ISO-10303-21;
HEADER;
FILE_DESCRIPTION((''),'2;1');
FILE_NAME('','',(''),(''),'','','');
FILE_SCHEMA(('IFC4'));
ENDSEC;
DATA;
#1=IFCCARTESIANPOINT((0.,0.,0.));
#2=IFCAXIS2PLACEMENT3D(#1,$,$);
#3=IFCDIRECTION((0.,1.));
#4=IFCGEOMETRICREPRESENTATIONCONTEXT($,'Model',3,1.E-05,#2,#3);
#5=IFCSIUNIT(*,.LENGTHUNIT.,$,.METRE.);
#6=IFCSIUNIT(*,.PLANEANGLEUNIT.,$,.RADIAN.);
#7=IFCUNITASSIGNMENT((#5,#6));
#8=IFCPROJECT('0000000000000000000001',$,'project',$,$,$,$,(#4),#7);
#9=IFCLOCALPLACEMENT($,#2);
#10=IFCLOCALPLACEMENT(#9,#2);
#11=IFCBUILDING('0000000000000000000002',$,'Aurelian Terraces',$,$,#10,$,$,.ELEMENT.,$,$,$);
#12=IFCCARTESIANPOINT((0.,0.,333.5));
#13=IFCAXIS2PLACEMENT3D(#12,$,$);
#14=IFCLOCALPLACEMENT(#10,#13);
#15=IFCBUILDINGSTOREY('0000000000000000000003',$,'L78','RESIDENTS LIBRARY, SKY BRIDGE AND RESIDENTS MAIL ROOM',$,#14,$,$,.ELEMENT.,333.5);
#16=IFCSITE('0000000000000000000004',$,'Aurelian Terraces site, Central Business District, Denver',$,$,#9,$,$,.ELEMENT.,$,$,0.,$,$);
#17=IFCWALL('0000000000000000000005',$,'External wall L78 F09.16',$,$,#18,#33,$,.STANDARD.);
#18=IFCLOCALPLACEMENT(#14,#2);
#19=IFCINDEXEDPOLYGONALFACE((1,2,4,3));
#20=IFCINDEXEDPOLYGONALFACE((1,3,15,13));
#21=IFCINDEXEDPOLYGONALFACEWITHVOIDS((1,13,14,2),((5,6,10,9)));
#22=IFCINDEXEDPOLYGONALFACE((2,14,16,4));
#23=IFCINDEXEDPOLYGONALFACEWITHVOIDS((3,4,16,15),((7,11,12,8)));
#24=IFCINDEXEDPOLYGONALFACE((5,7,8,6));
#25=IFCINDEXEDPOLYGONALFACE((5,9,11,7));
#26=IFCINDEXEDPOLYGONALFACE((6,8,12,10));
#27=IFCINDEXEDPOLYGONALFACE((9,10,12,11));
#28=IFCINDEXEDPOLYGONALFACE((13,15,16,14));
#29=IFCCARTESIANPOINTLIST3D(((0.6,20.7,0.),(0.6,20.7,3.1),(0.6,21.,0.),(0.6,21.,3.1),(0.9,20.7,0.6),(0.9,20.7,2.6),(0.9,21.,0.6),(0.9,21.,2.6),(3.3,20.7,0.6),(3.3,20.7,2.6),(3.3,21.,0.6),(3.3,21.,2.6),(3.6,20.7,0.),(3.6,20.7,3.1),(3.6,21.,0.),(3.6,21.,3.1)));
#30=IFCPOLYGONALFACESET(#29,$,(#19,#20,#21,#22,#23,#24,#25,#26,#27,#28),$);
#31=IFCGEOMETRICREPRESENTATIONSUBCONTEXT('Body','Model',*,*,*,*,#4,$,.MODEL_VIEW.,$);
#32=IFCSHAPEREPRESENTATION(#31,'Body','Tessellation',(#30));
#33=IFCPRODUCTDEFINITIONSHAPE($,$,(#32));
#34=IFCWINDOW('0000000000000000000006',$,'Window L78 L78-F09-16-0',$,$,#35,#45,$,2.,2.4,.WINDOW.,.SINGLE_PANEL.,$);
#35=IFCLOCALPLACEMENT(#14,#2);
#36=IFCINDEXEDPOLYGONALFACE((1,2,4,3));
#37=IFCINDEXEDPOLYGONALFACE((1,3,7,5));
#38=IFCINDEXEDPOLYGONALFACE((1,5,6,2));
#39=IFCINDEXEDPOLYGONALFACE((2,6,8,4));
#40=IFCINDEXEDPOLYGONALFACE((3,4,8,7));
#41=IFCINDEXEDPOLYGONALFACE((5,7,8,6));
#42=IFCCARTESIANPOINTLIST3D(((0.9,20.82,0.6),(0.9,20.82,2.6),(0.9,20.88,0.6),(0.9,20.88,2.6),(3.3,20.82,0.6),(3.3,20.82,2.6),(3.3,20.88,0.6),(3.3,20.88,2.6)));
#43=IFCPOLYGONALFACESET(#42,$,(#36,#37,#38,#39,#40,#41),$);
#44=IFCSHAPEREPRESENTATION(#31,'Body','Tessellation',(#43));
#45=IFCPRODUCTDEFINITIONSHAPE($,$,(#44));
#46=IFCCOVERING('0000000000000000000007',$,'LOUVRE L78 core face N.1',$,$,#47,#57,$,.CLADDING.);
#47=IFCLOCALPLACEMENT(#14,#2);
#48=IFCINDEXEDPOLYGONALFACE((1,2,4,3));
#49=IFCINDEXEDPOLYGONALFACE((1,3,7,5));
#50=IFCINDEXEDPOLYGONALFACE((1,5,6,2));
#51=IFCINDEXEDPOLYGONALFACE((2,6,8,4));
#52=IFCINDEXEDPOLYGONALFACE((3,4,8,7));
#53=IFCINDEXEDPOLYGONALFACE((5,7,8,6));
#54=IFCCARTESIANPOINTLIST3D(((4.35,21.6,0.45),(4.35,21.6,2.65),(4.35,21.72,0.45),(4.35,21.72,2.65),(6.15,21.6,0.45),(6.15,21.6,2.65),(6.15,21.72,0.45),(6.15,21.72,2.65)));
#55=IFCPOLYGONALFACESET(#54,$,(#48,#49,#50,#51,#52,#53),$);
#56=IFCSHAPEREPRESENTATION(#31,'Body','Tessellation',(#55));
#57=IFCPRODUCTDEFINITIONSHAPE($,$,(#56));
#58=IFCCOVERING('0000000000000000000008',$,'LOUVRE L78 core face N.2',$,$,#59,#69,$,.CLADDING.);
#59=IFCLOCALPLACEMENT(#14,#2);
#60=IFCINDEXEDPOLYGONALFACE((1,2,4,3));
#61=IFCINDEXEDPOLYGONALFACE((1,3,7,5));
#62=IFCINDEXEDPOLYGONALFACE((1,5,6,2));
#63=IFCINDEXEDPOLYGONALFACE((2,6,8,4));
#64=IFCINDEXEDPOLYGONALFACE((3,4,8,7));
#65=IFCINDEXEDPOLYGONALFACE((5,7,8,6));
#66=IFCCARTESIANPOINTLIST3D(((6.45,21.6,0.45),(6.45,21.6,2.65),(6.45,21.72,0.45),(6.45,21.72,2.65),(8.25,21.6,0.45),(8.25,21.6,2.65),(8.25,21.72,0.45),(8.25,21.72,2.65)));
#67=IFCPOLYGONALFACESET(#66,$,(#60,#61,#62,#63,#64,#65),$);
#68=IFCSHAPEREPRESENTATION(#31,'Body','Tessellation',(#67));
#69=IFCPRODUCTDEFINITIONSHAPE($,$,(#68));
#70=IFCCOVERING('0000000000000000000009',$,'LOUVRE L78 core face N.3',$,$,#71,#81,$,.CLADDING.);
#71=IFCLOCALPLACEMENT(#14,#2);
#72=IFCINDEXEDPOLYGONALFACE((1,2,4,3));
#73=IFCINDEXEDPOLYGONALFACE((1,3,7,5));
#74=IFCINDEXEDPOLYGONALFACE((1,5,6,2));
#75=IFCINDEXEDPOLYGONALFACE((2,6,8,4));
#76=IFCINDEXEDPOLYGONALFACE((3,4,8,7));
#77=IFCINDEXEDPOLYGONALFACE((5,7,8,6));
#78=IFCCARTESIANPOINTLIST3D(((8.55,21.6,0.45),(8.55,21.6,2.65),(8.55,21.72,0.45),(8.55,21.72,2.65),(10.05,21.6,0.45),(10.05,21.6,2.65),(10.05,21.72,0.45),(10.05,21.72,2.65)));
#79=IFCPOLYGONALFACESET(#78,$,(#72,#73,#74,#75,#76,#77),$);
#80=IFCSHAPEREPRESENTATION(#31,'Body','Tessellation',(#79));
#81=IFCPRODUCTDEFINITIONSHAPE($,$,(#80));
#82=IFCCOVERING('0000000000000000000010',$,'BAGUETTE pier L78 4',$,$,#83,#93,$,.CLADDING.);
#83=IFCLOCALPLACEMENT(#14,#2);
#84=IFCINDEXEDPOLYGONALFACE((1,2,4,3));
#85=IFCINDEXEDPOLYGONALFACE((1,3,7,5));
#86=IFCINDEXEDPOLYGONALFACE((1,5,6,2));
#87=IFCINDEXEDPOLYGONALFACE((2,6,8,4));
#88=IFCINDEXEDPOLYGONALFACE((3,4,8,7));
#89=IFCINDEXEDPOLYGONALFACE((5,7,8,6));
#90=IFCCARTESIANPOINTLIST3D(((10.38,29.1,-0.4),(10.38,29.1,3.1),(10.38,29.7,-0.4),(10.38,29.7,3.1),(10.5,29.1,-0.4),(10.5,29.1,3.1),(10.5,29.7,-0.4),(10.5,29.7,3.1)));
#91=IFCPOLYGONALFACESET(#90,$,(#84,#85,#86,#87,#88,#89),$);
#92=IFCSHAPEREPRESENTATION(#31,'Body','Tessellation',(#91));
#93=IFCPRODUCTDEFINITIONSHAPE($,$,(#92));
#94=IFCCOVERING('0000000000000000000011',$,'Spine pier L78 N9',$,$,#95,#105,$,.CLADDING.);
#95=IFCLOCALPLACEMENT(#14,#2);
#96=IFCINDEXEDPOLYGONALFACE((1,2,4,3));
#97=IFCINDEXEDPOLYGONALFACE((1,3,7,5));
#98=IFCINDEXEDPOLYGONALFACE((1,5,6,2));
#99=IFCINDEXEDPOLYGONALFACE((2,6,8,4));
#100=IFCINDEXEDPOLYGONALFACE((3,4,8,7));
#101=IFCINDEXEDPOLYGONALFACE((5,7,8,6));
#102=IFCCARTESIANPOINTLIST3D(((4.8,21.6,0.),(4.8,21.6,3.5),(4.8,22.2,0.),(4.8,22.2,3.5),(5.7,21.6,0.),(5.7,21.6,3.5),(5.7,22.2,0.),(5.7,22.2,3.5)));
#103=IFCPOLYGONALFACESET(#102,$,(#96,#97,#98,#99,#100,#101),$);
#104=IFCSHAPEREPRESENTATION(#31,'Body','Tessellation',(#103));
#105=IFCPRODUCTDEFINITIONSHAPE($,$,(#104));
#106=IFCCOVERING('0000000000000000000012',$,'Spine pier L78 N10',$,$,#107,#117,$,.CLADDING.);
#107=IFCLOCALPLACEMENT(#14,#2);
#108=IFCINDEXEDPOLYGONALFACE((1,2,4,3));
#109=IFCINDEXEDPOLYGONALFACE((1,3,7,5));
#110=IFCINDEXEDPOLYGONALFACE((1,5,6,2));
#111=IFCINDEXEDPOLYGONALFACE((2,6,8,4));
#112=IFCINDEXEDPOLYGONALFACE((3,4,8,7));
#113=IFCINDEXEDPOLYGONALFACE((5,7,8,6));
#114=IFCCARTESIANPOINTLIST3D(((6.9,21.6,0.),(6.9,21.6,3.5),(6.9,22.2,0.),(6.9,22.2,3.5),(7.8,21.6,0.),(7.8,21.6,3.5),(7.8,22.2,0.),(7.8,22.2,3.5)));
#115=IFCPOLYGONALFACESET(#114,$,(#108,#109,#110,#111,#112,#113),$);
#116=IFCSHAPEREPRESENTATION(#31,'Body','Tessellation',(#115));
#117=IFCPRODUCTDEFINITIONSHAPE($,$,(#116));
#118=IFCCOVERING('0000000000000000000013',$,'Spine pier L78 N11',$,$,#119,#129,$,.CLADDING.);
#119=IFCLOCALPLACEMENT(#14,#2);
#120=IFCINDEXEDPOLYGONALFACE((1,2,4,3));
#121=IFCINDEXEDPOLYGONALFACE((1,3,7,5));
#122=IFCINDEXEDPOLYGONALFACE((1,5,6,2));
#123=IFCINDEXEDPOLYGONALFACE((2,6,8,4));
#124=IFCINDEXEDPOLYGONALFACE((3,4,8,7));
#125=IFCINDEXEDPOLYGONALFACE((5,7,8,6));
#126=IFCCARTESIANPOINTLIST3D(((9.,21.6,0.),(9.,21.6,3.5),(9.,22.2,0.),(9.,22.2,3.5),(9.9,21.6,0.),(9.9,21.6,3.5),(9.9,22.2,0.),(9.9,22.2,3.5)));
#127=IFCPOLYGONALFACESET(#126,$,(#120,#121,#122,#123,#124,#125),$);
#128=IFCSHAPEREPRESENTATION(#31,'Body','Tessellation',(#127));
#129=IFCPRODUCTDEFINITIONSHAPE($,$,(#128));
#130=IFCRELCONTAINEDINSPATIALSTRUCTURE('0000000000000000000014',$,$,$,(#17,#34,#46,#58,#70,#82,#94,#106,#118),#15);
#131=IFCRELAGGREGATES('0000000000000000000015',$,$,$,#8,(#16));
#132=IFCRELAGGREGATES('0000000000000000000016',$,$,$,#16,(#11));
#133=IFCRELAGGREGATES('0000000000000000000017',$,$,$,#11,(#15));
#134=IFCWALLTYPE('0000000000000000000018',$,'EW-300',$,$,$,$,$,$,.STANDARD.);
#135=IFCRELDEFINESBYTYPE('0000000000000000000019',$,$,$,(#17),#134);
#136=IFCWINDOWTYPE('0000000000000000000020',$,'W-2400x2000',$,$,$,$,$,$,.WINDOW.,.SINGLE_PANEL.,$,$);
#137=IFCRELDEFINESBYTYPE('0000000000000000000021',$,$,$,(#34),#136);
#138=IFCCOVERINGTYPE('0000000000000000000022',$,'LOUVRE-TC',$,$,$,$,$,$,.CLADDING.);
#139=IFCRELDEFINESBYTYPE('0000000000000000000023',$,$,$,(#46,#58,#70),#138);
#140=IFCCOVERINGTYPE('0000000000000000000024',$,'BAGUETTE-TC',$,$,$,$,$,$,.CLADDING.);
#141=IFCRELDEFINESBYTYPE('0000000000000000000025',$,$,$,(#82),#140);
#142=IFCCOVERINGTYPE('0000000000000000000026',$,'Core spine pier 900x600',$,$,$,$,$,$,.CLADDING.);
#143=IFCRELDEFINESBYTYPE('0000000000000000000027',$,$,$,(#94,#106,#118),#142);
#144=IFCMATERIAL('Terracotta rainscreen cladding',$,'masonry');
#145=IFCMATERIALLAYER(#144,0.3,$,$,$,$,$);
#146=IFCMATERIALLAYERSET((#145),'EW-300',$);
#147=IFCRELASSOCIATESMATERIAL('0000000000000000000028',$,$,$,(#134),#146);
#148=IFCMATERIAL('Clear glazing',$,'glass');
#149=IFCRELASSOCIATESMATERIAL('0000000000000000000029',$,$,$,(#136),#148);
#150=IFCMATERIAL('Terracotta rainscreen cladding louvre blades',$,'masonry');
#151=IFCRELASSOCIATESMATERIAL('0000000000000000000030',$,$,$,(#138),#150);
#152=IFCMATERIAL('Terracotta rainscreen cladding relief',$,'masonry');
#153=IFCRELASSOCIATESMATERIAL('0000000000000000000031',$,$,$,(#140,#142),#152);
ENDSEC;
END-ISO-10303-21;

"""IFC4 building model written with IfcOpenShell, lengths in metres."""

from ifc_helpers import new_model, si_unit, direction, frame, frame_2d, origin, origin_2d, place, context, subcontext, project, spatial, rectangle, extrude, source, transform, mapped, material, layer, layer_set, type_object, element, fill, save


model = new_model("IFC4")

# Units and contexts
model_context = context("Model", 3, precision=1e-05, world=origin(), true_north=direction((0.0, 1.0)))
body_context = subcontext(model_context, "Body", "Model", "MODEL_VIEW")
ifc_project = project(units=[si_unit("LENGTHUNIT", "METRE"), si_unit("PLANEANGLEUNIT", "RADIAN")], contexts=[model_context])

# Site, building, storey
site_placement = place(None, origin())
site = spatial("IfcSite", under=ifc_project, at=site_placement, Name="Aurelian Terraces site, Central Business District, Denver", CompositionType="ELEMENT", RefElevation=0.0)
building_placement = place(site_placement, origin())
building = spatial("IfcBuilding", under=site, at=building_placement, Name="Aurelian Terraces", CompositionType="ELEMENT")
storey_placement = place(building_placement, frame((0.0, 0.0, 333.5)))
storey = spatial("IfcBuildingStorey", under=building, at=storey_placement, Name="L78", Description="RESIDENTS LIBRARY, SKY BRIDGE AND RESIDENTS MAIL ROOM", CompositionType="ELEMENT", Elevation=333.5)

# Shared definitions
ifc_material_1 = material(Name="Terracotta rainscreen cladding", Category="masonry")
ifc_layer_1 = layer(ifc_material_1, 0.3)
ifc_layer_set_1 = layer_set([ifc_layer_1], Name="EW-300")
wall_type_1 = type_object("IfcWallType", Name="EW-300", PredefinedType="STANDARD", material=ifc_layer_set_1)
shared_shape_1 = source(origin(), body_context, "Body", "SweptSolid", [
    extrude(rectangle(XDim=2.4, YDim=2.0, at=frame_2d((1.2, 1.0))), frame((0.0, 0.16, 0.0), z_axis=(0.0, -1.0, 0.0), x_axis=(1.0, 0.0, 0.0)), (0.0, 0.0, 1.0), 0.32),
])
ifc_material_2 = material(Name="Clear glazing", Category="glass")
window_type_1 = type_object("IfcWindowType", Name="W-2400x2000", PartitioningType="SINGLE_PANEL", PredefinedType="WINDOW", material=ifc_material_2)
shared_shape_2 = source(origin(), body_context, "Body", "SweptSolid", [
    extrude(rectangle(XDim=2.4, YDim=2.0, at=frame_2d((1.2, 1.0))), frame((0.0, 0.03, 0.0), z_axis=(0.0, -1.0, 0.0), x_axis=(1.0, 0.0, 0.0)), (0.0, 0.0, 1.0), 0.06),
])

# Wall, opening, window
shared_shape_3 = source(origin(), body_context, "Body", "SweptSolid", [
    extrude(rectangle(XDim=3.0, YDim=0.3, at=frame_2d((1.5, 0.0))), origin(), (0.0, 0.0, 1.0), 3.1),
])
wall_1_placement = place(storey_placement, frame((3.6, 20.85, 0.0), z_axis=(0.0, 0.0, 1.0), x_axis=(-1.0, 0.0, 0.0)))
wall_1 = element("IfcWall", 1, at=wall_1_placement, inside=storey, type_object=wall_type_1, Name="External wall L78 F09.16", PredefinedType="STANDARD", context=body_context, shape_type="MappedRepresentation", body=[
    mapped(shared_shape_3, transform((0.0, 0.0, 0.0), scale=1.0)),
])
opening_1_placement = place(wall_1_placement, frame((0.3, 0.0, 0.6)))
opening_1 = element("IfcOpeningElement", 2, at=opening_1_placement, cuts=wall_1, PredefinedType="OPENING", context=body_context, shape_type="MappedRepresentation", body=[
    mapped(shared_shape_1, transform((0.0, 0.0, 0.0), scale=1.0)),
])
window_1_placement = place(opening_1_placement, origin())
window_1 = element("IfcWindow", 3, at=window_1_placement, inside=storey, type_object=window_type_1, Name="Window L78 L78-F09-16-0", OverallHeight=2.0, OverallWidth=2.4, PartitioningType="SINGLE_PANEL", PredefinedType="WINDOW", context=body_context, shape_type="MappedRepresentation", body=[
    mapped(shared_shape_2, transform((0.0, 0.0, 0.0), scale=1.0)),
])
fill(opening_1, window_1)

# Coverings
ifc_material_3 = material(Name="Terracotta rainscreen cladding louvre blades", Category="masonry")
covering_type_1 = type_object("IfcCoveringType", Name="LOUVRE-TC", PredefinedType="CLADDING", material=ifc_material_3)
shared_shape_4 = source(origin(), body_context, "Body", "SweptSolid", [
    extrude(rectangle(XDim=1.8, YDim=0.12, at=origin_2d()), origin(), (0.0, 0.0, 1.0), 2.2),
])
for number, where, z_axis, x_axis, name in (
    (4, (5.25, 21.66, 0.45), (0.0, 0.0, 1.0), (1.0, 0.0, 0.0), "LOUVRE L78 core face N.1"),
    (5, (7.35, 21.66, 0.45), (0.0, 0.0, 1.0), (1.0, 0.0, 0.0), "LOUVRE L78 core face N.2"),
):
    element("IfcCovering", number, at=place(storey_placement, frame(where, z_axis=z_axis, x_axis=x_axis)), inside=storey, type_object=covering_type_1, Name=name, PredefinedType="CLADDING", context=body_context, shape_type="MappedRepresentation", body=[
        mapped(shared_shape_4, transform((0.0, 0.0, 0.0), scale=1.0)),
    ])
shared_shape_5 = source(origin(), body_context, "Body", "SweptSolid", [
    extrude(rectangle(XDim=1.5, YDim=0.12, at=origin_2d()), origin(), (0.0, 0.0, 1.0), 2.2),
])
covering_1_placement = place(storey_placement, frame((9.3, 21.66, 0.45), z_axis=(0.0, 0.0, 1.0), x_axis=(1.0, 0.0, 0.0)))
element("IfcCovering", 6, at=covering_1_placement, inside=storey, type_object=covering_type_1, Name="LOUVRE L78 core face N.3", PredefinedType="CLADDING", context=body_context, shape_type="MappedRepresentation", body=[
    mapped(shared_shape_5, transform((0.0, 0.0, 0.0), scale=1.0)),
])
ifc_material_4 = material(Name="Terracotta rainscreen cladding relief", Category="masonry")
covering_type_2 = type_object("IfcCoveringType", Name="BAGUETTE-TC", PredefinedType="CLADDING", material=ifc_material_4)
shared_shape_6 = source(origin(), body_context, "Body", "SweptSolid", [
    extrude(rectangle(XDim=0.12, YDim=0.6, at=origin_2d()), origin(), (0.0, 0.0, 1.0), 3.5),
])
covering_2_placement = place(storey_placement, frame((10.44, 29.4, -0.4), z_axis=(0.0, 0.0, 1.0), x_axis=(1.0, 0.0, 0.0)))
element("IfcCovering", 7, at=covering_2_placement, inside=storey, type_object=covering_type_2, Name="BAGUETTE pier L78 4", PredefinedType="CLADDING", context=body_context, shape_type="MappedRepresentation", body=[
    mapped(shared_shape_6, transform((0.0, 0.0, 0.0), scale=1.0)),
])
covering_type_3 = type_object("IfcCoveringType", Name="Core spine pier 900x600", PredefinedType="CLADDING", material=ifc_material_4)
shared_shape_7 = source(origin(), body_context, "Body", "SweptSolid", [
    extrude(rectangle(XDim=0.9, YDim=0.6, at=origin_2d()), origin(), (0.0, 0.0, 1.0), 3.5),
])
for number, where, z_axis, x_axis, name in (
    (8, (5.25, 21.9, 0.0), (0.0, 0.0, 1.0), (1.0, 0.0, 0.0), "Spine pier L78 N9"),
    (9, (7.35, 21.9, 0.0), (0.0, 0.0, 1.0), (1.0, 0.0, 0.0), "Spine pier L78 N10"),
    (10, (9.45, 21.9, 0.0), (0.0, 0.0, 1.0), (1.0, 0.0, 0.0), "Spine pier L78 N11"),
):
    element("IfcCovering", number, at=place(storey_placement, frame(where, z_axis=z_axis, x_axis=x_axis)), inside=storey, type_object=covering_type_3, Name=name, PredefinedType="CLADDING", context=body_context, shape_type="MappedRepresentation", body=[
        mapped(shared_shape_7, transform((0.0, 0.0, 0.0), scale=1.0)),
    ])

save(model, "model.ifc")
